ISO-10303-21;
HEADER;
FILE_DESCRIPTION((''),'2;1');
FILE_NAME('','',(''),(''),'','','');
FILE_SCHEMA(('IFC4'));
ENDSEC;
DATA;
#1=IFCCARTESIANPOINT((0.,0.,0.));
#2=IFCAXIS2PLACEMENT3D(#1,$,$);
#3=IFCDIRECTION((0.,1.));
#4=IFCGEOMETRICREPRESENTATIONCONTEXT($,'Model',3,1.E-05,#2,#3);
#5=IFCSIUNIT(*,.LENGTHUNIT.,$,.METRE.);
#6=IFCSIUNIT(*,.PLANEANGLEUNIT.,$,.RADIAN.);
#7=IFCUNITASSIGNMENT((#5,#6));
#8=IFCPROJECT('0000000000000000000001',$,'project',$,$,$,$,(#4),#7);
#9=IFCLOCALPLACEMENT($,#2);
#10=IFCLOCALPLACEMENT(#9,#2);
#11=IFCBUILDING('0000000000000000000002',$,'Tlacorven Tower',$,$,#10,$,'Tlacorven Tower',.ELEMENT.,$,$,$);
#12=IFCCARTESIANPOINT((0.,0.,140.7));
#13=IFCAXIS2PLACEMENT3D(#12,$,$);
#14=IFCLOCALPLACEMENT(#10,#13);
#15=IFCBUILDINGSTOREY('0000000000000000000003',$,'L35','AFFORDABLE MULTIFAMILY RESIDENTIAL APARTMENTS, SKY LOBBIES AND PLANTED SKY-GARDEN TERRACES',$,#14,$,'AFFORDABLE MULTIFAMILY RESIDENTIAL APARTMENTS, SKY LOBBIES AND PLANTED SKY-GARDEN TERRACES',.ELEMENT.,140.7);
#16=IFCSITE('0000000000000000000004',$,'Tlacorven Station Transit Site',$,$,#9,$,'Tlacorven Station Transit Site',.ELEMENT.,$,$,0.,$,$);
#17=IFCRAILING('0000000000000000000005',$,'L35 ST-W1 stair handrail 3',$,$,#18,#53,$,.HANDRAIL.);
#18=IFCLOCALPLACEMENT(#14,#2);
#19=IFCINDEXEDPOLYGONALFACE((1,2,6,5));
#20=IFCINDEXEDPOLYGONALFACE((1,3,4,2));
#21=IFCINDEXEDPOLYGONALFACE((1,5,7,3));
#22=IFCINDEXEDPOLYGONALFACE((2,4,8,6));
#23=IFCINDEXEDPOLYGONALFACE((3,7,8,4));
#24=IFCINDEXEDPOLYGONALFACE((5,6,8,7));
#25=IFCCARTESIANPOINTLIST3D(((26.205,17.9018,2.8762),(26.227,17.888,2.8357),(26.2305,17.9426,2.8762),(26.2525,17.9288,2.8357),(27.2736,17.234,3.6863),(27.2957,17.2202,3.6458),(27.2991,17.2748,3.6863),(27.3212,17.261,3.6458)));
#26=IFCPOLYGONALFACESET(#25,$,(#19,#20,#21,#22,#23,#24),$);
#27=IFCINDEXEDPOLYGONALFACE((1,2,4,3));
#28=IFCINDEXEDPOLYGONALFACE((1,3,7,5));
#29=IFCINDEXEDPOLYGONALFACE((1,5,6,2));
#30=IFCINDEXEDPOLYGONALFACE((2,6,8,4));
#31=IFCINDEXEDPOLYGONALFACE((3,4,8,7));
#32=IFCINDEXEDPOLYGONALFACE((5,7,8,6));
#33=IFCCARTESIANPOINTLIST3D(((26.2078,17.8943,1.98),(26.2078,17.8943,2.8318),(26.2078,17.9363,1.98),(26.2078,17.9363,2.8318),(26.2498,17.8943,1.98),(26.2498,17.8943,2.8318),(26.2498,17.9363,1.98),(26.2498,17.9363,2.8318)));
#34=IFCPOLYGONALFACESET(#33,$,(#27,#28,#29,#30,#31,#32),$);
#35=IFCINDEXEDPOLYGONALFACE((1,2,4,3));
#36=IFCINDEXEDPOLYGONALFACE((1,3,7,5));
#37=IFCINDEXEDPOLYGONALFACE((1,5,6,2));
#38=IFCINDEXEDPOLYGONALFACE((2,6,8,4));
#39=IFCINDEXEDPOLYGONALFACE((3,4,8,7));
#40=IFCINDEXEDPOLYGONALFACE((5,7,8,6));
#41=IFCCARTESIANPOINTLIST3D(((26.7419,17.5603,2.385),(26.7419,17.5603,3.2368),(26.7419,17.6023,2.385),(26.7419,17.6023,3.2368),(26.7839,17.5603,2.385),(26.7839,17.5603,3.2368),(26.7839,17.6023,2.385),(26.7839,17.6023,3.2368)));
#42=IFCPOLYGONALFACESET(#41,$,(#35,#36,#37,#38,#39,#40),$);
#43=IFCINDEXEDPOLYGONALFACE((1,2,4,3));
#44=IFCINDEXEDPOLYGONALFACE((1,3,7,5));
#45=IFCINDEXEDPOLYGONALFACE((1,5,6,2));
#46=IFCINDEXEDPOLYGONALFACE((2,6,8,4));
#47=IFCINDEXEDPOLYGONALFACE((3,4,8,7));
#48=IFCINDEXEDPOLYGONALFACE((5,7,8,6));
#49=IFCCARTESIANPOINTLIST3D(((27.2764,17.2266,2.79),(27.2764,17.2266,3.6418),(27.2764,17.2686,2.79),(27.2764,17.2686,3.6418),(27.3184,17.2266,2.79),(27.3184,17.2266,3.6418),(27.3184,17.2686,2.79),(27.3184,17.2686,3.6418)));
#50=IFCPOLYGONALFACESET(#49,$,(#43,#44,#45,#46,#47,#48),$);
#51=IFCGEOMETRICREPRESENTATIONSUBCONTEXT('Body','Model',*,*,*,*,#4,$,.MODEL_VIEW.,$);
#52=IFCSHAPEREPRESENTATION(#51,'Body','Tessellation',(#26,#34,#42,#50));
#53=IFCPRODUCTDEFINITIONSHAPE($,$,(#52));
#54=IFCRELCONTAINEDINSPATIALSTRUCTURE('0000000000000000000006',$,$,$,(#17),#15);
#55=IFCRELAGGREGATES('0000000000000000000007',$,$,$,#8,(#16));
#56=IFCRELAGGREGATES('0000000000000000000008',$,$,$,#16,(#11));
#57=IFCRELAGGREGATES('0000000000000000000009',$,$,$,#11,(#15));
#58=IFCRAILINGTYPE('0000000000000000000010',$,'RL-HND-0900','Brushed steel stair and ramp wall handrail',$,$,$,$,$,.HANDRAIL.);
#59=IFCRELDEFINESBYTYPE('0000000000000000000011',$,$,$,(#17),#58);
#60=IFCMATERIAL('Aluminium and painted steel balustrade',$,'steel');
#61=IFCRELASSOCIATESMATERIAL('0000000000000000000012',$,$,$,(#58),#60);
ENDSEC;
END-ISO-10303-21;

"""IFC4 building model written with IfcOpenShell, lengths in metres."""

from ifc_helpers import new_model, si_unit, direction, frame, origin, origin_2d, place, context, subcontext, project, spatial, rectangle, extrude, source, transform, mapped, material, type_object, element, save


model = new_model("IFC4")

# Units and contexts
model_context = context("Model", 3, precision=1e-05, world=origin(), true_north=direction((0.0, 1.0)))
body_context = subcontext(model_context, "Body", "Model", "MODEL_VIEW")
ifc_project = project(units=[si_unit("LENGTHUNIT", "METRE"), si_unit("PLANEANGLEUNIT", "RADIAN")], contexts=[model_context])

# Site, building, storey
site_placement = place(None, origin())
site = spatial("IfcSite", under=ifc_project, at=site_placement, Name="Tlacorven Station Transit Site", LongName="Tlacorven Station Transit Site", CompositionType="ELEMENT", RefElevation=0.0)
building_placement = place(site_placement, origin())
building = spatial("IfcBuilding", under=site, at=building_placement, Name="Tlacorven Tower", LongName="Tlacorven Tower", CompositionType="ELEMENT")
storey_placement = place(building_placement, frame((0.0, 0.0, 140.7)))
storey = spatial("IfcBuildingStorey", under=building, at=storey_placement, Name="L35", Description="AFFORDABLE MULTIFAMILY RESIDENTIAL APARTMENTS, SKY LOBBIES AND PLANTED SKY-GARDEN TERRACES", LongName="AFFORDABLE MULTIFAMILY RESIDENTIAL APARTMENTS, SKY LOBBIES AND PLANTED SKY-GARDEN TERRACES", CompositionType="ELEMENT", Elevation=140.7)

# Railing
ifc_material_1 = material(Name="Aluminium and painted steel balustrade", Category="steel")
railing_type_1 = type_object("IfcRailingType", Name="RL-HND-0900", Description="Brushed steel stair and ramp wall handrail", PredefinedType="HANDRAIL", material=ifc_material_1)
shared_shape_1 = source(origin(), body_context, "Body", "SweptSolid", [
    extrude(rectangle(XDim=0.0481, YDim=0.0481, at=origin_2d()), frame((0.0, 0.0, 0.876), z_axis=(0.71336, -0.445748, 0.540765), x_axis=(0.529912, 0.848053, 0.0)), (0.0, 0.0, 1.0), 1.498),
    extrude(rectangle(XDim=0.042, YDim=0.042, at=origin_2d()), origin(), (0.0, 0.0, 1.0), 0.8518),
    extrude(rectangle(XDim=0.042, YDim=0.042, at=origin_2d()), frame((0.5342, -0.334, 0.405)), (0.0, 0.0, 1.0), 0.8518),
    extrude(rectangle(XDim=0.042, YDim=0.042, at=origin_2d()), frame((1.0686, -0.6677, 0.8101)), (0.0, 0.0, 1.0), 0.8518),
])
railing_1_placement = place(storey_placement, frame((26.2288, 17.9153, 1.98)))
element("IfcRailing", 1, at=railing_1_placement, inside=storey, type_object=railing_type_1, Name="L35 ST-W1 stair handrail 3", PredefinedType="HANDRAIL", context=body_context, shape_type="MappedRepresentation", body=[
    mapped(shared_shape_1, transform((0.0, 0.0, 0.0), scale=1.0)),
])

save(model, "model.ifc")
